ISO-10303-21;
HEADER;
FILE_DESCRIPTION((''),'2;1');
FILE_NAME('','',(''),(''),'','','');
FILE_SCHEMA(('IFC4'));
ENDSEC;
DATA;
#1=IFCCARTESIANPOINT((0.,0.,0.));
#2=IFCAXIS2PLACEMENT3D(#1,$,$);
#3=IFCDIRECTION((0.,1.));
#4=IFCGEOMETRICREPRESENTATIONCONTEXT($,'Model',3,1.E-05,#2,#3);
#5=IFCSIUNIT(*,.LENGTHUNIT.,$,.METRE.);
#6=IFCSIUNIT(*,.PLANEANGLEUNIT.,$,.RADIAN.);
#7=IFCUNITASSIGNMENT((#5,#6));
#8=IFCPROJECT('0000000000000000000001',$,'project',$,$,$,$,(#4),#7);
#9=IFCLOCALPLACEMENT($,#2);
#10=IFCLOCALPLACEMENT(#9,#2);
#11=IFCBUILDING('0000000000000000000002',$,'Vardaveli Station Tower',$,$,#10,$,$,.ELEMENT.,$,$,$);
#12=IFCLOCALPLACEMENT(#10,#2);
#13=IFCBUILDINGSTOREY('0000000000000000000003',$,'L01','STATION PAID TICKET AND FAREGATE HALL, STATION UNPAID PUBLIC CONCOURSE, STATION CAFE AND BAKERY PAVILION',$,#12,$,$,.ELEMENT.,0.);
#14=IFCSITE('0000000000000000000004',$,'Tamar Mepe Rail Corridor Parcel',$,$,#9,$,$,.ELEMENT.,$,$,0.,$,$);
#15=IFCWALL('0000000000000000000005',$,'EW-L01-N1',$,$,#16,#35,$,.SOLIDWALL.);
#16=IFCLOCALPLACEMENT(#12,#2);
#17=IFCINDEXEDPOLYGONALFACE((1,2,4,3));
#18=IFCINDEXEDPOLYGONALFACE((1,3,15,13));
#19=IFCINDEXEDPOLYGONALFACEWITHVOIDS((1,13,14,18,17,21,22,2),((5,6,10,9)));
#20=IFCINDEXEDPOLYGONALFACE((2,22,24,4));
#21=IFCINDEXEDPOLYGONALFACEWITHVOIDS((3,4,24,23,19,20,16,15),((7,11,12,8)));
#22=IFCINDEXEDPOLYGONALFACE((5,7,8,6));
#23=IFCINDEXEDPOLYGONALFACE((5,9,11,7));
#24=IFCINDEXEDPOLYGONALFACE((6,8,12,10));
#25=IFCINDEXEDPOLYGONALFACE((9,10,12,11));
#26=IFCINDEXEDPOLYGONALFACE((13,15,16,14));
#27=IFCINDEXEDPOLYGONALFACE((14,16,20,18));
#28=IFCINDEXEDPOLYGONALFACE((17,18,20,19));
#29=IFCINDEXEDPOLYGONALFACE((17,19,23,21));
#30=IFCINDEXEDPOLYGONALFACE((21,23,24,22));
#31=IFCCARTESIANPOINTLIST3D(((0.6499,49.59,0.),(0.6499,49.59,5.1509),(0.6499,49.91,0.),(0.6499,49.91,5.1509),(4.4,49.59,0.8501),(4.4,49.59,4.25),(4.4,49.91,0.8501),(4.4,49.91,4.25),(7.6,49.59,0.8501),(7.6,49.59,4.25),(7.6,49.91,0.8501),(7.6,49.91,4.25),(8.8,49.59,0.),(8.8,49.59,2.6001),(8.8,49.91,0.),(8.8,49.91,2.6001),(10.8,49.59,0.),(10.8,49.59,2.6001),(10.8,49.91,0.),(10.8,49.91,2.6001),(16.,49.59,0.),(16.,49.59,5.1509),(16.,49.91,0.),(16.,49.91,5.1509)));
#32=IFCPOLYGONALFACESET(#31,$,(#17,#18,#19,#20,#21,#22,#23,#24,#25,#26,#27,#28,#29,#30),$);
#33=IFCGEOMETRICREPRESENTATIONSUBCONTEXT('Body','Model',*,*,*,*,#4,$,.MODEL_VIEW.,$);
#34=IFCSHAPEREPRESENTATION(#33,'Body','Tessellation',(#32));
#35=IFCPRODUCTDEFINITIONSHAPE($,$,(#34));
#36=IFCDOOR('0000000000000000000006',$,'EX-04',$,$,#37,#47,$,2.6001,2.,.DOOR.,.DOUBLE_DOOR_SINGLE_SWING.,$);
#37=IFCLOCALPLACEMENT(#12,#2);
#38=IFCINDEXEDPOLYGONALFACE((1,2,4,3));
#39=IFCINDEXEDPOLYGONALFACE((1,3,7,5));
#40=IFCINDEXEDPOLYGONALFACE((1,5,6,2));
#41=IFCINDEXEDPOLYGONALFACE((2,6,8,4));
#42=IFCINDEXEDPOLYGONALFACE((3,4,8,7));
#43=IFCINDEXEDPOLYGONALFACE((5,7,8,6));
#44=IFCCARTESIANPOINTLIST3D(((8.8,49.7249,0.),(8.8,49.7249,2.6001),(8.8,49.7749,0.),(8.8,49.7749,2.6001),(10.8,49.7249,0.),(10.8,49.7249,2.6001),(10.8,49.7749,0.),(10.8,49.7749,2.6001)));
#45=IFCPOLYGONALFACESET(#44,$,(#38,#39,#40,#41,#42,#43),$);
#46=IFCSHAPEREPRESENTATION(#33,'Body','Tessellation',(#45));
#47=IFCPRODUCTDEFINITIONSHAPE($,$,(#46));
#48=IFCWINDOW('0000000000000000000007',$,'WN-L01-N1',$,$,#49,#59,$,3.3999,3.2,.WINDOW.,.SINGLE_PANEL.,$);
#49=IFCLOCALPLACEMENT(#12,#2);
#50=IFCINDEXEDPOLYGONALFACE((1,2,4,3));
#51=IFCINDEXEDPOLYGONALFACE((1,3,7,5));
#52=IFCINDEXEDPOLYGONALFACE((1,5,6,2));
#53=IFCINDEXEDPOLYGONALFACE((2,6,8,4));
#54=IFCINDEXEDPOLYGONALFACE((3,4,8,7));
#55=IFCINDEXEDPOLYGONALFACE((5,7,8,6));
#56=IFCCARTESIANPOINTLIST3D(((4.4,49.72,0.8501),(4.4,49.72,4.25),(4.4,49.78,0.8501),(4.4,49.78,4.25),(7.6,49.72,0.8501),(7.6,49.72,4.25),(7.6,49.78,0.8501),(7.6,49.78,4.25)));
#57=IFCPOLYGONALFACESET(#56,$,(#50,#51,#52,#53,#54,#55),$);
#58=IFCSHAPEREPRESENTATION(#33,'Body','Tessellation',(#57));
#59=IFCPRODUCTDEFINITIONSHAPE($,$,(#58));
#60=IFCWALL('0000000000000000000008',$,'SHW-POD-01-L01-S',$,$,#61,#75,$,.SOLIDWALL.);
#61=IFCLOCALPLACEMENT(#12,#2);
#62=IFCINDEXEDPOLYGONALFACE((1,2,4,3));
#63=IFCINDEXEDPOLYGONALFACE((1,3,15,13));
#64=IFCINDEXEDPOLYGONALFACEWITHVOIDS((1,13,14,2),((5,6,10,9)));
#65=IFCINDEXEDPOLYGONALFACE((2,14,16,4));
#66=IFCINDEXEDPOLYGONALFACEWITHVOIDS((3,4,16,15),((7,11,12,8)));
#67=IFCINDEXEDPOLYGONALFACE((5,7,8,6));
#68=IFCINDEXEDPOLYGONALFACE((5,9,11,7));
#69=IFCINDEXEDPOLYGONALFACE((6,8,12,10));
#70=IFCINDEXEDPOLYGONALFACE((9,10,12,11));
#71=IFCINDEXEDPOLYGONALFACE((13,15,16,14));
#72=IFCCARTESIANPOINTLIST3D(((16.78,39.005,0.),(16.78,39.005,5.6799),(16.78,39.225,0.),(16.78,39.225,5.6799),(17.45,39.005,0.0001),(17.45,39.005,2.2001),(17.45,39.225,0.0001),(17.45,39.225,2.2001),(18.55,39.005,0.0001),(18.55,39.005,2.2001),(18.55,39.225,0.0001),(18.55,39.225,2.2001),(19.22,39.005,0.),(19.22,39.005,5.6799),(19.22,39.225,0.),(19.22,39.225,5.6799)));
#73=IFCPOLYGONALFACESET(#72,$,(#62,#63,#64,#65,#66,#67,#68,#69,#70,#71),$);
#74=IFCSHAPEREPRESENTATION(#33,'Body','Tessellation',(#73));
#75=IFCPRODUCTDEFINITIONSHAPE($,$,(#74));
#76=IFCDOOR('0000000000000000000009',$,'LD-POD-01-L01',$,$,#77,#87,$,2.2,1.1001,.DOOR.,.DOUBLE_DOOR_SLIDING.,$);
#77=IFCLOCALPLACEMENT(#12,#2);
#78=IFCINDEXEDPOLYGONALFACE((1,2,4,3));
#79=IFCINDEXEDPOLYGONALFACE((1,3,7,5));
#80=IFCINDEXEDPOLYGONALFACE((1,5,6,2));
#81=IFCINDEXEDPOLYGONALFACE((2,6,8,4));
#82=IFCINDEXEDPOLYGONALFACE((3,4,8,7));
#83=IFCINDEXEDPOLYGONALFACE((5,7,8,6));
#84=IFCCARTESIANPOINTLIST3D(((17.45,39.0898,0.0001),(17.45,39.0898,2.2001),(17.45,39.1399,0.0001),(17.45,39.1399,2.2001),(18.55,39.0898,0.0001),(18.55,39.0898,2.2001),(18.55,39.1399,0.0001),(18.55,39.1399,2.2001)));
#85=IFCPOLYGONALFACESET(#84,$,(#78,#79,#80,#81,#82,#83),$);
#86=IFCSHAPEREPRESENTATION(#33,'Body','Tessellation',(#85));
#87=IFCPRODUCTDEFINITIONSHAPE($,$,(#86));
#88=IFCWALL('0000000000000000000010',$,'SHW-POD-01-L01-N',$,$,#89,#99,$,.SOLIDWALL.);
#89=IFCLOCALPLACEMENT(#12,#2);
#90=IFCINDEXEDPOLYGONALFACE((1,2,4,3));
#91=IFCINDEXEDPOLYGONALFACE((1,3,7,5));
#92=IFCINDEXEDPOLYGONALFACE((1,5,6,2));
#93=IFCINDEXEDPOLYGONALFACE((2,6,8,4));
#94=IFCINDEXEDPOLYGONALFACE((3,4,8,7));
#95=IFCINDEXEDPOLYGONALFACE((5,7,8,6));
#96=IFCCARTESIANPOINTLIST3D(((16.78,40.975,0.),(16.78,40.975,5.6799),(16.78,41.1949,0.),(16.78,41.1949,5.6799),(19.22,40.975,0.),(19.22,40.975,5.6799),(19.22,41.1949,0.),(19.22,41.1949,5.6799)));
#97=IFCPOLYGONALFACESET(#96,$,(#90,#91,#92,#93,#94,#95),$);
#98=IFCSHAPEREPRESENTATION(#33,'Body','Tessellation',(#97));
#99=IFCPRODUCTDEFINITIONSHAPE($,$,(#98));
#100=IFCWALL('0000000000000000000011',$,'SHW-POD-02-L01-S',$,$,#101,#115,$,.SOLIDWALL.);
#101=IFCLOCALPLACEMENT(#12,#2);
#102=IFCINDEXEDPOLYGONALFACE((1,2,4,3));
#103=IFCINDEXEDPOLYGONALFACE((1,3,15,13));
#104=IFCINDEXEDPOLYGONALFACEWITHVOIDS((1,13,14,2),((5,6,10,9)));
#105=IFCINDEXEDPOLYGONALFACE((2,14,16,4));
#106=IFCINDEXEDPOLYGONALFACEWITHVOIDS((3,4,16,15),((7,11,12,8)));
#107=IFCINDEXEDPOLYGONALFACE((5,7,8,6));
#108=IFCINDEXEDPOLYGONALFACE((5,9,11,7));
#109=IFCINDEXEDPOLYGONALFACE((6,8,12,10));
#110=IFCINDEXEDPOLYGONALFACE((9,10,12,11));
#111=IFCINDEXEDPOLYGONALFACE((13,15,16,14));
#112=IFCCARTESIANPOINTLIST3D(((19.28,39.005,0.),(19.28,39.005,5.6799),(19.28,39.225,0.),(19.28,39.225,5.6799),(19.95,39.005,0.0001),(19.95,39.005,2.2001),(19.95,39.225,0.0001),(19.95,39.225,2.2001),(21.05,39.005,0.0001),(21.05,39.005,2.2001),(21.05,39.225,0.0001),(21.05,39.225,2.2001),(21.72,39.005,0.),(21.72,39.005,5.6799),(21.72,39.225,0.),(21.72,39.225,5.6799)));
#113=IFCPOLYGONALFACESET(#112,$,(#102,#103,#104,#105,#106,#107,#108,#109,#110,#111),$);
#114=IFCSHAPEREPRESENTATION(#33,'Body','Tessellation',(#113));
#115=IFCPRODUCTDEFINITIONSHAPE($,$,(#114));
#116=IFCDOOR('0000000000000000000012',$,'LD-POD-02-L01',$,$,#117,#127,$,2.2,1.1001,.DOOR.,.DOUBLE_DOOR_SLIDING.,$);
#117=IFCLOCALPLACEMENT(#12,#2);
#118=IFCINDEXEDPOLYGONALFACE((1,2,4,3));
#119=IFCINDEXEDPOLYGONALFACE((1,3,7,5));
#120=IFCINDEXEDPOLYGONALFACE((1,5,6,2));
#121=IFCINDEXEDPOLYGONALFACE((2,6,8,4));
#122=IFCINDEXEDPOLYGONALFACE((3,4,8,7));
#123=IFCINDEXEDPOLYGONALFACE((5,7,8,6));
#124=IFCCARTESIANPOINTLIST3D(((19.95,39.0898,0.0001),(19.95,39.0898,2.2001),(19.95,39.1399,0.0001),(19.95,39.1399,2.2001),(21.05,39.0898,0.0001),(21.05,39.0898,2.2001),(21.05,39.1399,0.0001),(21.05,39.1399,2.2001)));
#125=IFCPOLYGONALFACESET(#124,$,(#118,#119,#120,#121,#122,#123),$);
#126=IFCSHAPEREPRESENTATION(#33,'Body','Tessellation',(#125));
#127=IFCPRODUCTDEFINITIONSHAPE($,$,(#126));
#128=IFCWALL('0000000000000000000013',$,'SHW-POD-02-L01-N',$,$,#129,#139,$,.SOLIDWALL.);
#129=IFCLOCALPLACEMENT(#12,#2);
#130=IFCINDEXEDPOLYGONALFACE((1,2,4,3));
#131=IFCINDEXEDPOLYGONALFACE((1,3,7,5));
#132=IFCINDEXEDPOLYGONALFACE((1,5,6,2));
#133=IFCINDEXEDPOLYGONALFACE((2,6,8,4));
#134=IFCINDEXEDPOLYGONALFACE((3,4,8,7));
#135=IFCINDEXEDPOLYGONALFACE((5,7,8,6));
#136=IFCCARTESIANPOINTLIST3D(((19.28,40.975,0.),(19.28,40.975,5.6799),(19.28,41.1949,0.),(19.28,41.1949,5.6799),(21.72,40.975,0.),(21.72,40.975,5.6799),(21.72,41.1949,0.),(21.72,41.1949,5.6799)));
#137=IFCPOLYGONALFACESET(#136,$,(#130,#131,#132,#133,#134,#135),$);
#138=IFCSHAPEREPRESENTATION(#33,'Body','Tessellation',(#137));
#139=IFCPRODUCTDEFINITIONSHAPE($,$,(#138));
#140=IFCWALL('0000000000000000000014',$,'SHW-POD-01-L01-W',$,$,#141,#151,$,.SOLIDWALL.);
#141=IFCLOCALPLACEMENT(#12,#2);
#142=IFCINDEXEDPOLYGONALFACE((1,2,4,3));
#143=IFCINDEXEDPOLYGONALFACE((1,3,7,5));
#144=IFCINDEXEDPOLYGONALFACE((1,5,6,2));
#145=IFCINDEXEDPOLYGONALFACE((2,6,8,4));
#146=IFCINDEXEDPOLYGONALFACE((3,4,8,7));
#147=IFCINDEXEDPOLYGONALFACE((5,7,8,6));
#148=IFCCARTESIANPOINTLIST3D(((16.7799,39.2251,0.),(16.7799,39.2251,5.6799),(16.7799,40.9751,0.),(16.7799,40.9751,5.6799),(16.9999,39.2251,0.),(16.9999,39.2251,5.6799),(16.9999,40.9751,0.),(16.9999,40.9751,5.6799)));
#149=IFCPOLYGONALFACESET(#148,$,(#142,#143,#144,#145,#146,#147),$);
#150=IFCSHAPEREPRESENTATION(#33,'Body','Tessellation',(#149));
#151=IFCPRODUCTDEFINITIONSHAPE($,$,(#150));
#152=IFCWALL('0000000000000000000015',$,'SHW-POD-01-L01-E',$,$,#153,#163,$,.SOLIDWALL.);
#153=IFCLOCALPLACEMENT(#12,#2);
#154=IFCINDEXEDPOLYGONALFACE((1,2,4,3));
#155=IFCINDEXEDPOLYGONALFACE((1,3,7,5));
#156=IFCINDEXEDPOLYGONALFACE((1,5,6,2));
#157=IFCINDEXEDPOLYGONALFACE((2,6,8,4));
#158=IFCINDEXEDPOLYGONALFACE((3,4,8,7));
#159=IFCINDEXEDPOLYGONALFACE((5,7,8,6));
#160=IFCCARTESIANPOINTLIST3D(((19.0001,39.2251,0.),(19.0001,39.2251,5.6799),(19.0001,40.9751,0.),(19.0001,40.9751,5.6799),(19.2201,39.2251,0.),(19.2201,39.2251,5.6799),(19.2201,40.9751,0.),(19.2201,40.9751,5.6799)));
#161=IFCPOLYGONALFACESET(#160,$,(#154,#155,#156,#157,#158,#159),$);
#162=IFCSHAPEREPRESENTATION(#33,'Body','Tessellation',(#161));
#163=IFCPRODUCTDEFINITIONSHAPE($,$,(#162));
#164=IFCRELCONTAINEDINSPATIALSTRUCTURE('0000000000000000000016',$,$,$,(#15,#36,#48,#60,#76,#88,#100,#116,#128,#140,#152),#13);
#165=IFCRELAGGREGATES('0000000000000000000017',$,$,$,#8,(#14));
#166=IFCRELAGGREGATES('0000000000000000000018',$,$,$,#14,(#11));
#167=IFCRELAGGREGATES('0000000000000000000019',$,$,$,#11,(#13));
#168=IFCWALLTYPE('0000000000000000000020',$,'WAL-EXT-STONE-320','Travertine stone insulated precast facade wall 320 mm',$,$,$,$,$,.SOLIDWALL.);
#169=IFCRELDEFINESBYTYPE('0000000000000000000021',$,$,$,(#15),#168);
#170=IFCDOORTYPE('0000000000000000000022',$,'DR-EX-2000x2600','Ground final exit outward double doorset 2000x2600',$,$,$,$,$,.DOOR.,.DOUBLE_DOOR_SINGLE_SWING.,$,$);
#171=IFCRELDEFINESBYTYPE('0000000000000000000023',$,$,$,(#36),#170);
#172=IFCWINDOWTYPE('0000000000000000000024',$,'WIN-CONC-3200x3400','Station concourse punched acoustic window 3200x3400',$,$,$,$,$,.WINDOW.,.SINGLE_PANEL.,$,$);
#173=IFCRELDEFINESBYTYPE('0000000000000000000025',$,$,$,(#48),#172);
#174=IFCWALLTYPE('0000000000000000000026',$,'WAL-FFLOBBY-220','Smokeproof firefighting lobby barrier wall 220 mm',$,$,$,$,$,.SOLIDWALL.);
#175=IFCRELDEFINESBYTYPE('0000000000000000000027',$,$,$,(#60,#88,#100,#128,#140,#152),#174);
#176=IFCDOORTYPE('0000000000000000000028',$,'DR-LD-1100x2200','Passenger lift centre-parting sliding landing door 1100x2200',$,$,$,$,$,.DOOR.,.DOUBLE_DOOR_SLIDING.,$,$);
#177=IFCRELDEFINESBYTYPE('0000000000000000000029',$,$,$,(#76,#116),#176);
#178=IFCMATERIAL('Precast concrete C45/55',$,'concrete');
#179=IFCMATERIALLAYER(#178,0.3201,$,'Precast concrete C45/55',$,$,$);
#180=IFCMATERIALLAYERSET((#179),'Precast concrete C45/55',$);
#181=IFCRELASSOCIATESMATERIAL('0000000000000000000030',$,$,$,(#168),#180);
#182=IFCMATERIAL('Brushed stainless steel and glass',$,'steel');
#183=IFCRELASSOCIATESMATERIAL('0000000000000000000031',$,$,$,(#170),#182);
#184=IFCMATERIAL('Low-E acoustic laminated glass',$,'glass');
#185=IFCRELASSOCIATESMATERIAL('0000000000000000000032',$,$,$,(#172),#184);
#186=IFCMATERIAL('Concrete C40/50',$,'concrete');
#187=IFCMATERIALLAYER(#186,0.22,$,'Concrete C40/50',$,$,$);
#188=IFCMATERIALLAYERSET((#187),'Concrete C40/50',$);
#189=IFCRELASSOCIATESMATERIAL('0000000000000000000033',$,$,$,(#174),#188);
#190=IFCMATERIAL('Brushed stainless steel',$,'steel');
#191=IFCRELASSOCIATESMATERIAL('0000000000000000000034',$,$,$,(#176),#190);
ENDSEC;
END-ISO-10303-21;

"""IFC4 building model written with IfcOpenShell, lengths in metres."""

from ifc_helpers import new_model, si_unit, direction, frame, frame_2d, origin, place, context, subcontext, project, spatial, rectangle, extrude, source, transform, mapped, material, layer, layer_set, type_object, element, fill, save


model = new_model("IFC4")

# Units and contexts
model_context = context("Model", 3, precision=1e-05, world=origin(), true_north=direction((0.0, 1.0)))
body_context = subcontext(model_context, "Body", "Model", "MODEL_VIEW")
ifc_project = project(units=[si_unit("LENGTHUNIT", "METRE"), si_unit("PLANEANGLEUNIT", "RADIAN")], contexts=[model_context])

# Site, building, storey
site_placement = place(None, origin())
site = spatial("IfcSite", under=ifc_project, at=site_placement, Name="Tamar Mepe Rail Corridor Parcel", CompositionType="ELEMENT", RefElevation=0.0)
building_placement = place(site_placement, origin())
building = spatial("IfcBuilding", under=site, at=building_placement, Name="Vardaveli Station Tower", CompositionType="ELEMENT")
storey_placement = place(building_placement, origin())
storey = spatial("IfcBuildingStorey", under=building, at=storey_placement, Name="L01", Description="STATION PAID TICKET AND FAREGATE HALL, STATION UNPAID PUBLIC CONCOURSE, STATION CAFE AND BAKERY PAVILION", CompositionType="ELEMENT", Elevation=0.0)

# Wall, openings, door, window
ifc_material_1 = material(Name="Precast concrete C45/55", Category="concrete")
ifc_layer_1 = layer(ifc_material_1, 0.3201, Name="Precast concrete C45/55")
ifc_layer_set_1 = layer_set([ifc_layer_1], Name="Precast concrete C45/55")
wall_type_1 = type_object("IfcWallType", Name="WAL-EXT-STONE-320", Description="Travertine stone insulated precast facade wall 320 mm", PredefinedType="SOLIDWALL", material=ifc_layer_set_1)
shared_shape_1 = source(origin(), body_context, "Body", "SweptSolid", [
    extrude(rectangle(XDim=15.3501, YDim=0.3201, at=frame_2d((7.675, 0.0))), origin(), (0.0, 0.0, 1.0), 5.1509),
])
wall_1_placement = place(storey_placement, frame((16.0, 49.75, 0.0), z_axis=(0.0, 0.0, 1.0), x_axis=(-1.0, 0.0, 0.0)))
wall_1 = element("IfcWall", 1, at=wall_1_placement, inside=storey, type_object=wall_type_1, Name="EW-L01-N1", PredefinedType="SOLIDWALL", context=body_context, shape_type="MappedRepresentation", body=[
    mapped(shared_shape_1, transform((0.0, 0.0, 0.0), scale=1.0)),
])
shared_shape_2 = source(origin(), body_context, "Body", "SweptSolid", [
    extrude(rectangle(XDim=2.0, YDim=2.6001, at=frame_2d((1.0, 1.3))), frame((0.0, 0.1699, 0.0), z_axis=(0.0, -1.0, 0.0), x_axis=(1.0, 0.0, 0.0)), (0.0, 0.0, 1.0), 0.3401),
])
opening_1_placement = place(wall_1_placement, frame((5.2, 0.0, 0.0)))
opening_1 = element("IfcOpeningElement", 2, at=opening_1_placement, cuts=wall_1, PredefinedType="OPENING", context=body_context, shape_type="MappedRepresentation", body=[
    mapped(shared_shape_2, transform((0.0, 0.0, 0.0), scale=1.0)),
])
shared_shape_3 = source(origin(), body_context, "Body", "SweptSolid", [
    extrude(rectangle(XDim=3.2, YDim=3.3999, at=frame_2d((1.6001, 1.7))), frame((0.0, 0.1699, 0.0), z_axis=(0.0, -1.0, 0.0), x_axis=(1.0, 0.0, 0.0)), (0.0, 0.0, 1.0), 0.3401),
])
opening_2_placement = place(wall_1_placement, frame((8.3999, 0.0, 0.8501)))
opening_2 = element("IfcOpeningElement", 3, at=opening_2_placement, cuts=wall_1, PredefinedType="OPENING", context=body_context, shape_type="MappedRepresentation", body=[
    mapped(shared_shape_3, transform((0.0, 0.0, 0.0), scale=1.0)),
])
ifc_material_2 = material(Name="Brushed stainless steel and glass", Category="steel")
door_type_1 = type_object("IfcDoorType", Name="DR-EX-2000x2600", Description="Ground final exit outward double doorset 2000x2600", OperationType="DOUBLE_DOOR_SINGLE_SWING", PredefinedType="DOOR", material=ifc_material_2)
shared_shape_4 = source(origin(), body_context, "Body", "SweptSolid", [
    extrude(rectangle(XDim=2.0, YDim=2.6001, at=frame_2d((1.0, 1.3))), frame((0.0, 0.0249, 0.0), z_axis=(0.0, -1.0, 0.0), x_axis=(1.0, 0.0, 0.0)), (0.0, 0.0, 1.0), 0.05),
])
door_1_placement = place(opening_1_placement, frame((2.0, 0.0, 0.0), z_axis=(0.0, 0.0, 1.0), x_axis=(-1.0, 0.0, 0.0)))
door_1 = element("IfcDoor", 4, at=door_1_placement, inside=storey, type_object=door_type_1, Name="EX-04", OperationType="DOUBLE_DOOR_SINGLE_SWING", OverallHeight=2.6001, OverallWidth=2.0, PredefinedType="DOOR", context=body_context, shape_type="MappedRepresentation", body=[
    mapped(shared_shape_4, transform((0.0, 0.0, 0.0), scale=1.0)),
])
fill(opening_1, door_1)
ifc_material_3 = material(Name="Low-E acoustic laminated glass", Category="glass")
window_type = type_object("IfcWindowType", Name="WIN-CONC-3200x3400", Description="Station concourse punched acoustic window 3200x3400", PartitioningType="SINGLE_PANEL", PredefinedType="WINDOW", material=ifc_material_3)
shared_shape_5 = source(origin(), body_context, "Body", "SweptSolid", [
    extrude(rectangle(XDim=3.2, YDim=3.3999, at=frame_2d((1.6001, 1.7))), frame((0.0, 0.03, 0.0), z_axis=(0.0, -1.0, 0.0), x_axis=(1.0, 0.0, 0.0)), (0.0, 0.0, 1.0), 0.0601),
])
window_placement = place(opening_2_placement, origin())
window = element("IfcWindow", 5, at=window_placement, inside=storey, type_object=window_type, Name="WN-L01-N1", OverallHeight=3.3999, OverallWidth=3.2, PartitioningType="SINGLE_PANEL", PredefinedType="WINDOW", context=body_context, shape_type="MappedRepresentation", body=[
    mapped(shared_shape_5, transform((0.0, 0.0, 0.0), scale=1.0)),
])
fill(opening_2, window)

# Wall, opening, door
ifc_material_4 = material(Name="Concrete C40/50", Category="concrete")
ifc_layer_2 = layer(ifc_material_4, 0.22, Name="Concrete C40/50")
ifc_layer_set_2 = layer_set([ifc_layer_2], Name="Concrete C40/50")
wall_type_2 = type_object("IfcWallType", Name="WAL-FFLOBBY-220", Description="Smokeproof firefighting lobby barrier wall 220 mm", PredefinedType="SOLIDWALL", material=ifc_layer_set_2)
shared_shape_6 = source(origin(), body_context, "Body", "SweptSolid", [
    extrude(rectangle(XDim=2.4399, YDim=0.22, at=frame_2d((1.22, 0.0))), origin(), (0.0, 0.0, 1.0), 5.6799),
])
wall_2_placement = place(storey_placement, frame((16.78, 39.115, 0.0), z_axis=(0.0, 0.0, 1.0), x_axis=(1.0, 0.0, 0.0)))
wall_2 = element("IfcWall", 6, at=wall_2_placement, inside=storey, type_object=wall_type_2, Name="SHW-POD-01-L01-S", PredefinedType="SOLIDWALL", context=body_context, shape_type="MappedRepresentation", body=[
    mapped(shared_shape_6, transform((0.0, 0.0, 0.0), scale=1.0)),
])
shared_shape_7 = source(origin(), body_context, "Body", "SweptSolid", [
    extrude(rectangle(XDim=1.1001, YDim=2.2, at=frame_2d((0.55, 1.1001))), frame((0.0, 0.1201, 0.0), z_axis=(0.0, -1.0, 0.0), x_axis=(1.0, 0.0, 0.0)), (0.0, 0.0, 1.0), 0.24),
])
opening_3_placement = place(wall_2_placement, frame((0.6699, 0.0, 0.0)))
opening_3 = element("IfcOpeningElement", 7, at=opening_3_placement, cuts=wall_2, PredefinedType="OPENING", context=body_context, shape_type="MappedRepresentation", body=[
    mapped(shared_shape_7, transform((0.0, 0.0, 0.0), scale=1.0)),
])
ifc_material_5 = material(Name="Brushed stainless steel", Category="steel")
door_type_2 = type_object("IfcDoorType", Name="DR-LD-1100x2200", Description="Passenger lift centre-parting sliding landing door 1100x2200", OperationType="DOUBLE_DOOR_SLIDING", PredefinedType="DOOR", material=ifc_material_5)
shared_shape_8 = source(origin(), body_context, "Body", "SweptSolid", [
    extrude(rectangle(XDim=1.1001, YDim=2.2, at=frame_2d((0.55, 1.1001))), frame((0.0, 0.0249, 0.0), z_axis=(0.0, -1.0, 0.0), x_axis=(1.0, 0.0, 0.0)), (0.0, 0.0, 1.0), 0.05),
])
door_2_placement = place(opening_3_placement, origin())
door_2 = element("IfcDoor", 8, at=door_2_placement, inside=storey, type_object=door_type_2, Name="LD-POD-01-L01", OperationType="DOUBLE_DOOR_SLIDING", OverallHeight=2.2, OverallWidth=1.1001, PredefinedType="DOOR", context=body_context, shape_type="MappedRepresentation", body=[
    mapped(shared_shape_8, transform((0.0, 0.0, 0.0), scale=1.0)),
])
fill(opening_3, door_2)

# Wall
wall_3_placement = place(storey_placement, frame((16.78, 41.085, 0.0), z_axis=(0.0, 0.0, 1.0), x_axis=(1.0, 0.0, 0.0)))
element("IfcWall", 9, at=wall_3_placement, inside=storey, type_object=wall_type_2, Name="SHW-POD-01-L01-N", PredefinedType="SOLIDWALL", context=body_context, shape_type="MappedRepresentation", body=[
    mapped(shared_shape_6, transform((0.0, 0.0, 0.0), scale=1.0)),
])

# Wall, opening, door
wall_4_placement = place(storey_placement, frame((19.28, 39.115, 0.0), z_axis=(0.0, 0.0, 1.0), x_axis=(1.0, 0.0, 0.0)))
wall_4 = element("IfcWall", 10, at=wall_4_placement, inside=storey, type_object=wall_type_2, Name="SHW-POD-02-L01-S", PredefinedType="SOLIDWALL", context=body_context, shape_type="MappedRepresentation", body=[
    mapped(shared_shape_6, transform((0.0, 0.0, 0.0), scale=1.0)),
])
opening_4_placement = place(wall_4_placement, frame((0.6699, 0.0, 0.0)))
opening_4 = element("IfcOpeningElement", 11, at=opening_4_placement, cuts=wall_4, PredefinedType="OPENING", context=body_context, shape_type="MappedRepresentation", body=[
    mapped(shared_shape_7, transform((0.0, 0.0, 0.0), scale=1.0)),
])
door_3_placement = place(opening_4_placement, origin())
door_3 = element("IfcDoor", 12, at=door_3_placement, inside=storey, type_object=door_type_2, Name="LD-POD-02-L01", OperationType="DOUBLE_DOOR_SLIDING", OverallHeight=2.2, OverallWidth=1.1001, PredefinedType="DOOR", context=body_context, shape_type="MappedRepresentation", body=[
    mapped(shared_shape_8, transform((0.0, 0.0, 0.0), scale=1.0)),
])
fill(opening_4, door_3)

# Walls
wall_5_placement = place(storey_placement, frame((19.28, 41.085, 0.0), z_axis=(0.0, 0.0, 1.0), x_axis=(1.0, 0.0, 0.0)))
element("IfcWall", 13, at=wall_5_placement, inside=storey, type_object=wall_type_2, Name="SHW-POD-02-L01-N", PredefinedType="SOLIDWALL", context=body_context, shape_type="MappedRepresentation", body=[
    mapped(shared_shape_6, transform((0.0, 0.0, 0.0), scale=1.0)),
])
shared_shape_9 = source(origin(), body_context, "Body", "SweptSolid", [
    extrude(rectangle(XDim=1.75, YDim=0.22, at=frame_2d((0.875, 0.0))), origin(), (0.0, 0.0, 1.0), 5.6799),
])
for number, where, z_axis, x_axis, name in (
    (14, (16.8899, 39.2251, 0.0), (0.0, 0.0, 1.0), (0.0, 1.0, 0.0), "SHW-POD-01-L01-W"),
    (15, (19.1101, 39.2251, 0.0), (0.0, 0.0, 1.0), (0.0, 1.0, 0.0), "SHW-POD-01-L01-E"),
):
    element("IfcWall", number, at=place(storey_placement, frame(where, z_axis=z_axis, x_axis=x_axis)), inside=storey, type_object=wall_type_2, Name=name, PredefinedType="SOLIDWALL", context=body_context, shape_type="MappedRepresentation", body=[
        mapped(shared_shape_9, transform((0.0, 0.0, 0.0), scale=1.0)),
    ])

save(model, "model.ifc")
